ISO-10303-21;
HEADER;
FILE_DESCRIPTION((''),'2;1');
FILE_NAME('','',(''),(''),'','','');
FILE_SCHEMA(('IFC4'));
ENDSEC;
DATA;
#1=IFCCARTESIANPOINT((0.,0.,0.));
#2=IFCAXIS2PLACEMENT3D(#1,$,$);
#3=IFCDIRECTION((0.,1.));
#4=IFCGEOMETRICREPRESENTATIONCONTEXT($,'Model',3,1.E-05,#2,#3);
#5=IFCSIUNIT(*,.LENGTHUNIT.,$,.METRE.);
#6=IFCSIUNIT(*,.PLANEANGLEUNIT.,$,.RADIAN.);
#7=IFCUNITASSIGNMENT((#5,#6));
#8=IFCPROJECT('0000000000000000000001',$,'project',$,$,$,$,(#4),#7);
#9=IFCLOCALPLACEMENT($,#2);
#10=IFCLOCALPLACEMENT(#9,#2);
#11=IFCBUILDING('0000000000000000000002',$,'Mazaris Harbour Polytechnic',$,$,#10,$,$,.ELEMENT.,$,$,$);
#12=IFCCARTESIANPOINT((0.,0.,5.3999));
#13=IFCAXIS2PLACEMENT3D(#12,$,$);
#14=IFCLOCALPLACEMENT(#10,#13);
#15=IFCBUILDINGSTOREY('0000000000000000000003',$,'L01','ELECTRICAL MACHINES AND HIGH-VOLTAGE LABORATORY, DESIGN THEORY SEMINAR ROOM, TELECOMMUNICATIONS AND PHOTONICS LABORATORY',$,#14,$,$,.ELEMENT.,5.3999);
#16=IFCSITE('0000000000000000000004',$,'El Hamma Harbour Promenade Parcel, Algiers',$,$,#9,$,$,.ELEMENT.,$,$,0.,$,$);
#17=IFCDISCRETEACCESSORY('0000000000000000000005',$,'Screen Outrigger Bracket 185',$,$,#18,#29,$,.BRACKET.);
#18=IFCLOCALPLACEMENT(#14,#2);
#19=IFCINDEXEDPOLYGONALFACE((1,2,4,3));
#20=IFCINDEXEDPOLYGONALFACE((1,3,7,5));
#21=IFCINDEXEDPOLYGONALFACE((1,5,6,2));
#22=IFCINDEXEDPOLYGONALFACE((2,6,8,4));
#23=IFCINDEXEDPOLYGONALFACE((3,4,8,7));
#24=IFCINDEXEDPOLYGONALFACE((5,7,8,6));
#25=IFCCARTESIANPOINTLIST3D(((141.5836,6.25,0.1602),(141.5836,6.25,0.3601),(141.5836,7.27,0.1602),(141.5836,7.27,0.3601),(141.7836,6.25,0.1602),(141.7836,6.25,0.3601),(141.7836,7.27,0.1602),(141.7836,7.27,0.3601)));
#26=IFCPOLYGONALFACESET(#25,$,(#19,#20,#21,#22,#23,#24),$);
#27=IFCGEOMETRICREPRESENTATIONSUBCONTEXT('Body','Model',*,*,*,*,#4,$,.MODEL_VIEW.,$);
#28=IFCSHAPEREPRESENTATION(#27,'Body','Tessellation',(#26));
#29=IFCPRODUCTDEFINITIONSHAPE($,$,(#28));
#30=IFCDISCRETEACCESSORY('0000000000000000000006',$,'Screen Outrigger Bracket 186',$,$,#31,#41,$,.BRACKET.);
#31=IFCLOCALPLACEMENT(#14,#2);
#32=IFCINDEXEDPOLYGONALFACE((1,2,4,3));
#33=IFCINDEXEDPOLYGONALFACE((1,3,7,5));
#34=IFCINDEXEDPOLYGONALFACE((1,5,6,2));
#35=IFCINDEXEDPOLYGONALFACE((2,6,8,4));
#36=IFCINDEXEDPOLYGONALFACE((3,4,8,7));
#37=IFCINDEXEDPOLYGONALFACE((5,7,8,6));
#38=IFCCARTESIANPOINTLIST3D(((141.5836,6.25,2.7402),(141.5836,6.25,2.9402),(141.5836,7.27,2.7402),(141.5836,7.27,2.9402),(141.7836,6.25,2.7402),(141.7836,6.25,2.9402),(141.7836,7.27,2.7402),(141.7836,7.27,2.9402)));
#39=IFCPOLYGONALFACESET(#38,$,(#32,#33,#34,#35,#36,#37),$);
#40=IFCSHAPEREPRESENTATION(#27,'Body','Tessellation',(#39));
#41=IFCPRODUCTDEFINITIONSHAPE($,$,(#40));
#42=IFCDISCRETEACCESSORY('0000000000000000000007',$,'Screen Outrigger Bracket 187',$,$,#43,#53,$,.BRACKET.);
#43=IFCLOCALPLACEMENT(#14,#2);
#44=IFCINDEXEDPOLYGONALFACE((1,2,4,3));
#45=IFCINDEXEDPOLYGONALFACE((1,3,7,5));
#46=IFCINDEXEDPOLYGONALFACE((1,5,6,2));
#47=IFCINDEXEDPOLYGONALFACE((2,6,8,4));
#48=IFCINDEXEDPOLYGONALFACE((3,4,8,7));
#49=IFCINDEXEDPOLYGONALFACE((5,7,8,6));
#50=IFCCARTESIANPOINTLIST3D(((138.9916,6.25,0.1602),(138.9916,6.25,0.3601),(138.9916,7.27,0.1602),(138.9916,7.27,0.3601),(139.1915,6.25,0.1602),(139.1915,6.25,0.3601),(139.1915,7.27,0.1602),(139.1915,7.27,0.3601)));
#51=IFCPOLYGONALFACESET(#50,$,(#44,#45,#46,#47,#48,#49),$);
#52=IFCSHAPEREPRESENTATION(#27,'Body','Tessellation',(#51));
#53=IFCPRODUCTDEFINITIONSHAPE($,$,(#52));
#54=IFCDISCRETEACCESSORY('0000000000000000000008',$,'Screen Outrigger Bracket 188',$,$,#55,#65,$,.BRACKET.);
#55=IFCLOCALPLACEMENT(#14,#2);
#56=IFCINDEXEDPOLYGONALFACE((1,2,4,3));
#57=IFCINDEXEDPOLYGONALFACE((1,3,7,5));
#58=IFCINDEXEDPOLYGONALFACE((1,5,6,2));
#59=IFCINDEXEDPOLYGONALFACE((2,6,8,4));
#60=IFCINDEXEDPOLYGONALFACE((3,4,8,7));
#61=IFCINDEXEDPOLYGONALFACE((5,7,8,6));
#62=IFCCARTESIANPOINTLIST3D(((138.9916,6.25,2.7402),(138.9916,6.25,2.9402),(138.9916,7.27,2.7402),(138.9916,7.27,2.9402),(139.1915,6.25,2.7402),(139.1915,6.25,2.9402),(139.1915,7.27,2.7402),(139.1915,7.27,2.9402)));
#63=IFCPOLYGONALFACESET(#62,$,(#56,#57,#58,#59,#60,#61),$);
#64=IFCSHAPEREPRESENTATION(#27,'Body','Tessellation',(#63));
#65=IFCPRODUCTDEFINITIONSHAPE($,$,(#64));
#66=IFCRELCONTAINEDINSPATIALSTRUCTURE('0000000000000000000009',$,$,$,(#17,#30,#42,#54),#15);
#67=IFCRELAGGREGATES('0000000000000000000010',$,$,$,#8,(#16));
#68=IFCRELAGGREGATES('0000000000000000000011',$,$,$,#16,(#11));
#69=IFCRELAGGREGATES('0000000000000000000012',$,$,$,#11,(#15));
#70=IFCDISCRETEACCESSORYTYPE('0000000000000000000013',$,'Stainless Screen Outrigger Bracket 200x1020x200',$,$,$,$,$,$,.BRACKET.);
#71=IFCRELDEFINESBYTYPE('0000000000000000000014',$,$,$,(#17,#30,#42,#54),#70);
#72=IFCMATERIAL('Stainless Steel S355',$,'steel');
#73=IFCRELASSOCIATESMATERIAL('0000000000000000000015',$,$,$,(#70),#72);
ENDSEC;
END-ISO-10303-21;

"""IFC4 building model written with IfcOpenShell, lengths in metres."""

from ifc_helpers import new_model, si_unit, direction, frame, origin, origin_2d, place, context, subcontext, project, spatial, rectangle, extrude, material, type_object, element, save


model = new_model("IFC4")

# Units and contexts
model_context = context("Model", 3, precision=1e-05, world=origin(), true_north=direction((0.0, 1.0)))
body_context = subcontext(model_context, "Body", "Model", "MODEL_VIEW")
ifc_project = project(units=[si_unit("LENGTHUNIT", "METRE"), si_unit("PLANEANGLEUNIT", "RADIAN")], contexts=[model_context])

# Site, building, storey
site_placement = place(None, origin())
site = spatial("IfcSite", under=ifc_project, at=site_placement, Name="El Hamma Harbour Promenade Parcel, Algiers", CompositionType="ELEMENT", RefElevation=0.0)
building_placement = place(site_placement, origin())
building = spatial("IfcBuilding", under=site, at=building_placement, Name="Mazaris Harbour Polytechnic", CompositionType="ELEMENT")
storey_placement = place(building_placement, frame((0.0, 0.0, 5.3999)))
storey = spatial("IfcBuildingStorey", under=building, at=storey_placement, Name="L01", Description="ELECTRICAL MACHINES AND HIGH-VOLTAGE LABORATORY, DESIGN THEORY SEMINAR ROOM, TELECOMMUNICATIONS AND PHOTONICS LABORATORY", CompositionType="ELEMENT", Elevation=5.3999)

# Discrete accessories
ifc_material_1 = material(Name="Stainless Steel S355", Category="steel")
discrete_accessory_type = type_object("IfcDiscreteAccessoryType", Name="Stainless Screen Outrigger Bracket 200x1020x200", PredefinedType="BRACKET", material=ifc_material_1)
for number, where, z_axis, x_axis, name in (
    (1, (141.6836, 6.76, 0.1602), (0.0, 0.0, 1.0), (-1.0, 0.0, 0.0), "Screen Outrigger Bracket 185"),
    (2, (141.6836, 6.76, 2.7402), (0.0, 0.0, 1.0), (-1.0, 0.0, 0.0), "Screen Outrigger Bracket 186"),
    (3, (139.0916, 6.76, 0.1602), (0.0, 0.0, 1.0), (-1.0, 0.0, 0.0), "Screen Outrigger Bracket 187"),
    (4, (139.0916, 6.76, 2.7402), (0.0, 0.0, 1.0), (-1.0, 0.0, 0.0), "Screen Outrigger Bracket 188"),
):
    element("IfcDiscreteAccessory", number, at=place(storey_placement, frame(where, z_axis=z_axis, x_axis=x_axis)), inside=storey, type_object=discrete_accessory_type, Name=name, PredefinedType="BRACKET", context=body_context, shape_type="SweptSolid", body=[
        extrude(rectangle(XDim=0.2, YDim=1.02, at=origin_2d()), origin(), (0.0, 0.0, 1.0), 0.2),
    ])

save(model, "model.ifc")
